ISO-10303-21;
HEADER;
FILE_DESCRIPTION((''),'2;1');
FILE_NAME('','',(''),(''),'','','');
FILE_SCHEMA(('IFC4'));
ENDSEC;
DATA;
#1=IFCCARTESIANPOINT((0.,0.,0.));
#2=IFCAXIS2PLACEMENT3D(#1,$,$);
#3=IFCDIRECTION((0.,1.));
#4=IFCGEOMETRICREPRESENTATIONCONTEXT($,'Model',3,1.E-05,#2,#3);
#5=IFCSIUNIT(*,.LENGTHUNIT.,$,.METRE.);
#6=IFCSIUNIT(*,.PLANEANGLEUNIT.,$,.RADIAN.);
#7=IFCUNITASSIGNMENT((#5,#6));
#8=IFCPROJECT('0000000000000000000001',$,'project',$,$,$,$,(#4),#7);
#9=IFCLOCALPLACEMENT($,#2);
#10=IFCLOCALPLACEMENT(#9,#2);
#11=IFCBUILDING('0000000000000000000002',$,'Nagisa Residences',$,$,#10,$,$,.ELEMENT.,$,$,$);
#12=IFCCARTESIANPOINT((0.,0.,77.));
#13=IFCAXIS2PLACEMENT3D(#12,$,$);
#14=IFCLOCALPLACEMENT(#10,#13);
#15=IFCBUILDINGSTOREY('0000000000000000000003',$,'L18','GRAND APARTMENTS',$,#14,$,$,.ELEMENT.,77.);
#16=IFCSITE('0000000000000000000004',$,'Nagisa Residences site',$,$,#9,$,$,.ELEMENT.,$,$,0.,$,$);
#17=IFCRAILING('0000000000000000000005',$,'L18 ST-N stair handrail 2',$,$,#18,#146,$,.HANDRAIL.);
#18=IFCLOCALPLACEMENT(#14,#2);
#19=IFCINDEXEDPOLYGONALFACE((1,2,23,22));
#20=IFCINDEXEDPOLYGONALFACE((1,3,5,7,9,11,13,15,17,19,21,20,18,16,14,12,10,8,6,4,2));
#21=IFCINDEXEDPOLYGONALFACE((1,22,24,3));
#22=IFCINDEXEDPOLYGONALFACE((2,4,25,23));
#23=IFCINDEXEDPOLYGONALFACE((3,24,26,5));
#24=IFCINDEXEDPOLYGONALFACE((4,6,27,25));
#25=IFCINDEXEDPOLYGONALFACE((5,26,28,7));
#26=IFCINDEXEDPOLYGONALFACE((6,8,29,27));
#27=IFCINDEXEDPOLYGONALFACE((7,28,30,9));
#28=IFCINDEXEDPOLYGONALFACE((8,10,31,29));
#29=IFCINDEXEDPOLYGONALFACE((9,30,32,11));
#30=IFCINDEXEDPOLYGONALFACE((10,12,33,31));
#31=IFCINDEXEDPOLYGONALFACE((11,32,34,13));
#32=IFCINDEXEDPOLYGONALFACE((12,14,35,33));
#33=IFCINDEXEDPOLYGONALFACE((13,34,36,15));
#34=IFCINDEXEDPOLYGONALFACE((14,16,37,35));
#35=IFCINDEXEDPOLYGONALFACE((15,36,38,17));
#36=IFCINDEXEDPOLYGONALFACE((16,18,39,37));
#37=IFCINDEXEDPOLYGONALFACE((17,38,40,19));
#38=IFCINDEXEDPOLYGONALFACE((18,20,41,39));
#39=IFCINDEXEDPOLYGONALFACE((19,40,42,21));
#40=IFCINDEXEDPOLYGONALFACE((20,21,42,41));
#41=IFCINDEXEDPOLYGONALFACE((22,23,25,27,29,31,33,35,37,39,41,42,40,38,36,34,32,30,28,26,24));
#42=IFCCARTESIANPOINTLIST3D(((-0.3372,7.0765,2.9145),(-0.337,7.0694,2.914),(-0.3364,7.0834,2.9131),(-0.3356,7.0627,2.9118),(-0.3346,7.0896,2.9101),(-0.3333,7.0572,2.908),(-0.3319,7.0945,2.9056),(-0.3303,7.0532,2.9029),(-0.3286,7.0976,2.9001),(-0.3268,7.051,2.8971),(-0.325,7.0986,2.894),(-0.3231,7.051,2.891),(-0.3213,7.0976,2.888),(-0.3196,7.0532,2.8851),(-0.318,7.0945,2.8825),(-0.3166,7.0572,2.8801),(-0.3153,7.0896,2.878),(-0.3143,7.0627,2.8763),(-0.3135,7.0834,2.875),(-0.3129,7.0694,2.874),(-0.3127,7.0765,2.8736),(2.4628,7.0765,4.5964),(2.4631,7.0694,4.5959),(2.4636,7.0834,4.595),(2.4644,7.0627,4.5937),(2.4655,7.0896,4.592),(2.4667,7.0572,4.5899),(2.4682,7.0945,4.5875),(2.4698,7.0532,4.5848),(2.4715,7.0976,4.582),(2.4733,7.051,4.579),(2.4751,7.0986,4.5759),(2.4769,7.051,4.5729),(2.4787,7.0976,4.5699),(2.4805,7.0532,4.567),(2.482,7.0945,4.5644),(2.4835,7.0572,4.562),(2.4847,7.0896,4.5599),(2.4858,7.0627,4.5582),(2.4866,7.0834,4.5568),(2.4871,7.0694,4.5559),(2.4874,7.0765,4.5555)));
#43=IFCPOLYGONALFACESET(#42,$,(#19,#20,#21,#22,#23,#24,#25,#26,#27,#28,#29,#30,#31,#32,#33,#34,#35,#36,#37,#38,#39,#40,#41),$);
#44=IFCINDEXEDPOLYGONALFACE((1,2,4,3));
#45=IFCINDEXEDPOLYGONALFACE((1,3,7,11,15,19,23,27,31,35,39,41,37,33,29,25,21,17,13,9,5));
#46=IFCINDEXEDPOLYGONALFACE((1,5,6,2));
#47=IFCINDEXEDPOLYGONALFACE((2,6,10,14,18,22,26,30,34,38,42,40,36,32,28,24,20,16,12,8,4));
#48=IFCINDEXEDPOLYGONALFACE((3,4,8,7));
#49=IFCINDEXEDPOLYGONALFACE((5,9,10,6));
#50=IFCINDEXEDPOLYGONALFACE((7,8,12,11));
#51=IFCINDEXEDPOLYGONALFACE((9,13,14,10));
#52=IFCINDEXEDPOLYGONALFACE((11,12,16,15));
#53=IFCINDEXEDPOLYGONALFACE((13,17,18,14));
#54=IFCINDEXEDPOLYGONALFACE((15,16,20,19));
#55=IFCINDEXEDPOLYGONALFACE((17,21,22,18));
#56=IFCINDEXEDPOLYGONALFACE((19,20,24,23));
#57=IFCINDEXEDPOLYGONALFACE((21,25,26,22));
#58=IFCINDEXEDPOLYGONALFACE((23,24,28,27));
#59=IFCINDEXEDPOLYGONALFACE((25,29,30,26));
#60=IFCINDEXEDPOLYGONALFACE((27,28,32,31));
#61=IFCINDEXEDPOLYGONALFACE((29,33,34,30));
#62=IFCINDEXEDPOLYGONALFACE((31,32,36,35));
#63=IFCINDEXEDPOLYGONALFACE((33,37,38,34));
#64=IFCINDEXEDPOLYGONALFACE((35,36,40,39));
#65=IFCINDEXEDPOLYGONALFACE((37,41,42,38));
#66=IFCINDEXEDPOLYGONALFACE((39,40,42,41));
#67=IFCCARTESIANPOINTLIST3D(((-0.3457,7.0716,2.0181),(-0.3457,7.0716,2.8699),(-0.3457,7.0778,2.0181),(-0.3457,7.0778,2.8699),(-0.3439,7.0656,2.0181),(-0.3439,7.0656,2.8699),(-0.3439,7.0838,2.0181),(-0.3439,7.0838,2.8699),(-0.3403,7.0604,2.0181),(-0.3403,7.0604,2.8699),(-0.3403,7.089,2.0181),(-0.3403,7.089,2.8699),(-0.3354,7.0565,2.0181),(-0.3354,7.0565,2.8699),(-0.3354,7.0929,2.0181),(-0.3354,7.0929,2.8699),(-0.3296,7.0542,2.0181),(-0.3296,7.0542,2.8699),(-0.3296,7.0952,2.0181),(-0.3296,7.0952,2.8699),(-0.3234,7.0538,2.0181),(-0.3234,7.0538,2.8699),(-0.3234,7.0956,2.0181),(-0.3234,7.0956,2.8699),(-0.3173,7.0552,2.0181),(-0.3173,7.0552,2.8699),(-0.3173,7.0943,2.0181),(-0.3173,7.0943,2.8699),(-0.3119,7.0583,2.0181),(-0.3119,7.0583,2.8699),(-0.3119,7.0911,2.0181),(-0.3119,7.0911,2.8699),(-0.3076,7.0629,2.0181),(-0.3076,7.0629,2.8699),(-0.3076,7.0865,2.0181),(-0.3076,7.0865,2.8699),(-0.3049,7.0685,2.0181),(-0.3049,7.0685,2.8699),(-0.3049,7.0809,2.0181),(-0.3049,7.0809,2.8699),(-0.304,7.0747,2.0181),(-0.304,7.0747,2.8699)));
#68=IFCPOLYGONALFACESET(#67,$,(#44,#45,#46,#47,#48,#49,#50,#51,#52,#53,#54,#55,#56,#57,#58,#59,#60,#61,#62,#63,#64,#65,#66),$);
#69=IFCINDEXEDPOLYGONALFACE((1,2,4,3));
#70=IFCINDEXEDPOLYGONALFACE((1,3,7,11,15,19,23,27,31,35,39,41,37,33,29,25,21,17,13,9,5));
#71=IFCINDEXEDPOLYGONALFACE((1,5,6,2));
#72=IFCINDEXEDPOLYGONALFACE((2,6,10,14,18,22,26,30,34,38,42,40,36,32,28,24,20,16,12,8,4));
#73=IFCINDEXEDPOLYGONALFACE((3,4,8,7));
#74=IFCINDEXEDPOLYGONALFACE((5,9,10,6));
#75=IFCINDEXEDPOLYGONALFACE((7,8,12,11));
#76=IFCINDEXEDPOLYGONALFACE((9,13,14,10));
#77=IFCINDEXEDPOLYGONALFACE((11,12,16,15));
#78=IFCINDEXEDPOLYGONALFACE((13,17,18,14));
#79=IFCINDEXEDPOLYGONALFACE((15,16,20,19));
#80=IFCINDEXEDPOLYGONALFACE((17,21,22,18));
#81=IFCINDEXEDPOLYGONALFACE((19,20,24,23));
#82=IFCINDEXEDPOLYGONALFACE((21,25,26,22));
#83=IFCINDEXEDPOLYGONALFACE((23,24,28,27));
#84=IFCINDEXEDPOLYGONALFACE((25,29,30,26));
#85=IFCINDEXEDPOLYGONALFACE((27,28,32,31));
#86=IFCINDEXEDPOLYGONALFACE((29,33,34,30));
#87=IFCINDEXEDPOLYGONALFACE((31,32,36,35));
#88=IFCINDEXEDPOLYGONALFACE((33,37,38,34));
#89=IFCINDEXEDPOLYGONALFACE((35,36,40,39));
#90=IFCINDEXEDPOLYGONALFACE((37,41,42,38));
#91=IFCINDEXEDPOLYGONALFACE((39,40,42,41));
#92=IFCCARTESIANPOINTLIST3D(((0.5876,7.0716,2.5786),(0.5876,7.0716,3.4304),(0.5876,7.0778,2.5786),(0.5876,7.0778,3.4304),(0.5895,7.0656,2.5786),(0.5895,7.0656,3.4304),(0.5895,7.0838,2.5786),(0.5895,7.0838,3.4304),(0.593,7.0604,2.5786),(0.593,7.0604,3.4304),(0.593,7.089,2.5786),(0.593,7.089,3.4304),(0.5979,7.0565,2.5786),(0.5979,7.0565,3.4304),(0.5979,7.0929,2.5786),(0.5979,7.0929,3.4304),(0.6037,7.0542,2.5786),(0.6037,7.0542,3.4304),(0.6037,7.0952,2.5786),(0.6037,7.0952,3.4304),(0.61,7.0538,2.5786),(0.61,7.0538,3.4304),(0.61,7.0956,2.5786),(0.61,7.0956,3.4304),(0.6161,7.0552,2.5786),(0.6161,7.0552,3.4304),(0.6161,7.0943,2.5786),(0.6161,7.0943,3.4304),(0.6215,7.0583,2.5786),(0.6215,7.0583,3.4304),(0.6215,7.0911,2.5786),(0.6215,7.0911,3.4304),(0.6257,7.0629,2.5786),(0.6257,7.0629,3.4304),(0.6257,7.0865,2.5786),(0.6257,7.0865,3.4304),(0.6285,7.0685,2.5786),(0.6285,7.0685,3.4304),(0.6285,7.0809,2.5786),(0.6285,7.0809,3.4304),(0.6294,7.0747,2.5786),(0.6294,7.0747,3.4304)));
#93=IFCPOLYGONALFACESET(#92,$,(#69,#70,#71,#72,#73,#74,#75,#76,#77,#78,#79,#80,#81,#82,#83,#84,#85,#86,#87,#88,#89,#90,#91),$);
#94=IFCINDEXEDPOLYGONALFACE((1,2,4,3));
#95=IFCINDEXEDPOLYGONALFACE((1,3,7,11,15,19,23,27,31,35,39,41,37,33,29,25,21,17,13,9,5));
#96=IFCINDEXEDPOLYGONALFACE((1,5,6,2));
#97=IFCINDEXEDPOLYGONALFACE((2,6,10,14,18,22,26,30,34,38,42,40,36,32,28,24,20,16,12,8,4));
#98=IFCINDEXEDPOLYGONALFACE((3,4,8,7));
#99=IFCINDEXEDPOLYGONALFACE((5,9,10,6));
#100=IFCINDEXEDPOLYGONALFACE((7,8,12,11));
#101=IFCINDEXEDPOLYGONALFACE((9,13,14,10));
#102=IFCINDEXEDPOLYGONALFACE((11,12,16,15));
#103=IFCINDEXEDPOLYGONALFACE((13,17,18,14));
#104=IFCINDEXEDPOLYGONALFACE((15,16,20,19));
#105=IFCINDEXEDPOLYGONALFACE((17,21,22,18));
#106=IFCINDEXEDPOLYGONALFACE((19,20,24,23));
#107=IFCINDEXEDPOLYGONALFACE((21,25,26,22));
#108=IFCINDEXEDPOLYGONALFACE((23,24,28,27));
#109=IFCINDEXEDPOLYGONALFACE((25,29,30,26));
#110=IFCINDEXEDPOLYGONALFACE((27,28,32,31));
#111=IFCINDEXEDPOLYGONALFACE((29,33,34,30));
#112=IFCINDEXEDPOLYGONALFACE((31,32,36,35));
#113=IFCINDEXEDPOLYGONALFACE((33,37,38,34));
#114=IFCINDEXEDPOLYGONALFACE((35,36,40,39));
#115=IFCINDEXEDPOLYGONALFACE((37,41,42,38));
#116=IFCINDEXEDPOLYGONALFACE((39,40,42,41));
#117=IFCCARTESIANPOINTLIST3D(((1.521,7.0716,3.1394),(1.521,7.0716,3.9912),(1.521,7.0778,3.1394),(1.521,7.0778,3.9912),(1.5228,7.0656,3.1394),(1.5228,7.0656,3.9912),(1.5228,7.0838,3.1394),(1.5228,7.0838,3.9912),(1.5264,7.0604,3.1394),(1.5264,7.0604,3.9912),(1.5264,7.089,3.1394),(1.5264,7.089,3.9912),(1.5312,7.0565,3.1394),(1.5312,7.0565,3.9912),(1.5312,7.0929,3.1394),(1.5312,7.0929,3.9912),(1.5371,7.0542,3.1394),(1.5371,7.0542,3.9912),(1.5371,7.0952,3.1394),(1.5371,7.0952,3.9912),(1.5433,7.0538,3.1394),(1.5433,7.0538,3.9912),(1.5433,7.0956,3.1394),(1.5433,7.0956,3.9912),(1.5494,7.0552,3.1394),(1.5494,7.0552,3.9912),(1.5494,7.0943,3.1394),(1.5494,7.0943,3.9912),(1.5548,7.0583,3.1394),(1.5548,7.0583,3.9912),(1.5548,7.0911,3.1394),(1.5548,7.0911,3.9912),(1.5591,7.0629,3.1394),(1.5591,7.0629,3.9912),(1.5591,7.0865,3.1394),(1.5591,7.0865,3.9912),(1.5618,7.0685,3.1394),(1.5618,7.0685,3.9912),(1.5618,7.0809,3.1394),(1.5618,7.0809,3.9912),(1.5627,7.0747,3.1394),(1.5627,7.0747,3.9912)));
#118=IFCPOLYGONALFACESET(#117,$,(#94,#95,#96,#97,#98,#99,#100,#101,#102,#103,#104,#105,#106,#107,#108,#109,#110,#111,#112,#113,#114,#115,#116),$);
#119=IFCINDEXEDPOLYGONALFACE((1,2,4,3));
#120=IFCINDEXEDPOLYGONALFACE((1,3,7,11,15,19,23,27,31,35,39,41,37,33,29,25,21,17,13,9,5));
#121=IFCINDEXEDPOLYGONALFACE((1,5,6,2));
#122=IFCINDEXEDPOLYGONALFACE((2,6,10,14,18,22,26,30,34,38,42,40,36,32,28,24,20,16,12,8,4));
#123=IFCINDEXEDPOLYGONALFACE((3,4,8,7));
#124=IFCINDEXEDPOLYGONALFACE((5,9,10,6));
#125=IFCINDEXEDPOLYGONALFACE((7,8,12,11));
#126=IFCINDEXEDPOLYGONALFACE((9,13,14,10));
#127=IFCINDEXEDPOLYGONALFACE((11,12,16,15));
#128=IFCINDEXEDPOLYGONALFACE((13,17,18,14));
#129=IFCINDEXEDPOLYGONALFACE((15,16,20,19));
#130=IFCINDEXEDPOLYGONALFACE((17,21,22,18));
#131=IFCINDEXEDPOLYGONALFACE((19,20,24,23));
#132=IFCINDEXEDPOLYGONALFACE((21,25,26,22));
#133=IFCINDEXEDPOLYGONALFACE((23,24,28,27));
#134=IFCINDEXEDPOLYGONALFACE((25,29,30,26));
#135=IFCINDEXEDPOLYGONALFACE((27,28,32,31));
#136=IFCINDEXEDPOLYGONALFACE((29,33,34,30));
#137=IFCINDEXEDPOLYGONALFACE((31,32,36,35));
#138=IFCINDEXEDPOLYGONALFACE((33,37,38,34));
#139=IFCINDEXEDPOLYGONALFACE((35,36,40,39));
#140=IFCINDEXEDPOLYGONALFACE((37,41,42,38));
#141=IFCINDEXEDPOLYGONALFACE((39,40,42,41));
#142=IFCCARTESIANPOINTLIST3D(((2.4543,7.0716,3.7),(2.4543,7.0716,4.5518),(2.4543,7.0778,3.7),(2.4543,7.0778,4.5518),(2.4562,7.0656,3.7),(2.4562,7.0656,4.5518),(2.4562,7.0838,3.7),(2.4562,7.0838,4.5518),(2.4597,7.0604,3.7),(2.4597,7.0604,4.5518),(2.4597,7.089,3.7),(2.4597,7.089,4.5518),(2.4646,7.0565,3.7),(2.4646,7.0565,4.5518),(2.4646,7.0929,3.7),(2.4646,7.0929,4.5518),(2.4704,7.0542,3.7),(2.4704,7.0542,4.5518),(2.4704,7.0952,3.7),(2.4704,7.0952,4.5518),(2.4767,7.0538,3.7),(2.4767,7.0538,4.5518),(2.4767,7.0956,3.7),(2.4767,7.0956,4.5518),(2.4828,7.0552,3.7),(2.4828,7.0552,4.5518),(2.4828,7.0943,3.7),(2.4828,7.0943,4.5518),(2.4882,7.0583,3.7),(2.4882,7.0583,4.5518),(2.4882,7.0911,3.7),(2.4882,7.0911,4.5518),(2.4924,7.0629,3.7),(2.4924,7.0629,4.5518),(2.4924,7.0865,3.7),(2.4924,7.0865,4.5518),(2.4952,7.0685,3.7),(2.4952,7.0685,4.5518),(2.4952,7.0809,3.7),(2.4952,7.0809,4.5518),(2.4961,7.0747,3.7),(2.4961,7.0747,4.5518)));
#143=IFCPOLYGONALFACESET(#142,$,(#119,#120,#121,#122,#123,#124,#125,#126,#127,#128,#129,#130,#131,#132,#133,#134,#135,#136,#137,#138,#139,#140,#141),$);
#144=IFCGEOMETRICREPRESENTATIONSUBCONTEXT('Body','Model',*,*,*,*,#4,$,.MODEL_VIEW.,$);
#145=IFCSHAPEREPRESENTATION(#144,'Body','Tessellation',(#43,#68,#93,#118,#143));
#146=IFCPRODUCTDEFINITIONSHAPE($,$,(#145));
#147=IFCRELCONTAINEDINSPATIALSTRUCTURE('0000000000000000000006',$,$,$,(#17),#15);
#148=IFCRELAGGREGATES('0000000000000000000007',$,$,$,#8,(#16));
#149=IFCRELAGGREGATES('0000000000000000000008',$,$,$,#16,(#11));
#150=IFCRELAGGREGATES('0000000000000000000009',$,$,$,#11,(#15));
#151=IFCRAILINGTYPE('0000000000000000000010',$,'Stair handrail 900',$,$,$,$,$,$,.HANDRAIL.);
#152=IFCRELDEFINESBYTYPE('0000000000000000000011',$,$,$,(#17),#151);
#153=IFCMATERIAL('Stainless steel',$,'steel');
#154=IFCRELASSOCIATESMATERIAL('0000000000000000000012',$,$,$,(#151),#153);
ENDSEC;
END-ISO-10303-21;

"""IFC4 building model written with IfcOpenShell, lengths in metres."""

from ifc_helpers import new_model, si_unit, direction, frame, origin, origin_2d, place, context, subcontext, project, spatial, circle, extrude, material, type_object, element, save


model = new_model("IFC4")

# Units and contexts
model_context = context("Model", 3, precision=1e-05, world=origin(), true_north=direction((0.0, 1.0)))
body_context = subcontext(model_context, "Body", "Model", "MODEL_VIEW")
ifc_project = project(units=[si_unit("LENGTHUNIT", "METRE"), si_unit("PLANEANGLEUNIT", "RADIAN")], contexts=[model_context])

# Site, building, storey
site_placement = place(None, origin())
site = spatial("IfcSite", under=ifc_project, at=site_placement, Name="Nagisa Residences site", CompositionType="ELEMENT", RefElevation=0.0)
building_placement = place(site_placement, origin())
building = spatial("IfcBuilding", under=site, at=building_placement, Name="Nagisa Residences", CompositionType="ELEMENT")
storey_placement = place(building_placement, frame((0.0, 0.0, 77.0)))
storey = spatial("IfcBuildingStorey", under=building, at=storey_placement, Name="L18", Description="GRAND APARTMENTS", CompositionType="ELEMENT", Elevation=77.0)

# Railing
ifc_material_1 = material(Name="Stainless steel", Category="steel")
railing_type_1 = type_object("IfcRailingType", Name="Stair handrail 900", PredefinedType="HANDRAIL", material=ifc_material_1)
railing_1_placement = place(storey_placement, frame((-0.325, 7.0747, 2.0181)))
element("IfcRailing", 1, at=railing_1_placement, inside=storey, type_object=railing_type_1, Name="L18 ST-N stair handrail 2", PredefinedType="HANDRAIL", context=body_context, shape_type="SweptSolid", body=[
    extrude(circle(Radius=0.0239, at=origin_2d()), frame((0.0, 0.0, 0.876), z_axis=(0.857242, 0.0, 0.514913), x_axis=(0.0, 1.0, 0.0)), (0.0, 0.0, 1.0), 3.2664),
    extrude(circle(Radius=0.021, at=origin_2d()), origin(), (0.0, 0.0, 1.0), 0.8518),
    extrude(circle(Radius=0.021, at=origin_2d()), frame((0.9333, 0.0, 0.5605)), (0.0, 0.0, 1.0), 0.8518),
    extrude(circle(Radius=0.021, at=origin_2d()), frame((1.8667, 0.0, 1.1213)), (0.0, 0.0, 1.0), 0.8518),
    extrude(circle(Radius=0.021, at=origin_2d()), frame((2.8, 0.0, 1.6819)), (0.0, 0.0, 1.0), 0.8518),
])

save(model, "model.ifc")
